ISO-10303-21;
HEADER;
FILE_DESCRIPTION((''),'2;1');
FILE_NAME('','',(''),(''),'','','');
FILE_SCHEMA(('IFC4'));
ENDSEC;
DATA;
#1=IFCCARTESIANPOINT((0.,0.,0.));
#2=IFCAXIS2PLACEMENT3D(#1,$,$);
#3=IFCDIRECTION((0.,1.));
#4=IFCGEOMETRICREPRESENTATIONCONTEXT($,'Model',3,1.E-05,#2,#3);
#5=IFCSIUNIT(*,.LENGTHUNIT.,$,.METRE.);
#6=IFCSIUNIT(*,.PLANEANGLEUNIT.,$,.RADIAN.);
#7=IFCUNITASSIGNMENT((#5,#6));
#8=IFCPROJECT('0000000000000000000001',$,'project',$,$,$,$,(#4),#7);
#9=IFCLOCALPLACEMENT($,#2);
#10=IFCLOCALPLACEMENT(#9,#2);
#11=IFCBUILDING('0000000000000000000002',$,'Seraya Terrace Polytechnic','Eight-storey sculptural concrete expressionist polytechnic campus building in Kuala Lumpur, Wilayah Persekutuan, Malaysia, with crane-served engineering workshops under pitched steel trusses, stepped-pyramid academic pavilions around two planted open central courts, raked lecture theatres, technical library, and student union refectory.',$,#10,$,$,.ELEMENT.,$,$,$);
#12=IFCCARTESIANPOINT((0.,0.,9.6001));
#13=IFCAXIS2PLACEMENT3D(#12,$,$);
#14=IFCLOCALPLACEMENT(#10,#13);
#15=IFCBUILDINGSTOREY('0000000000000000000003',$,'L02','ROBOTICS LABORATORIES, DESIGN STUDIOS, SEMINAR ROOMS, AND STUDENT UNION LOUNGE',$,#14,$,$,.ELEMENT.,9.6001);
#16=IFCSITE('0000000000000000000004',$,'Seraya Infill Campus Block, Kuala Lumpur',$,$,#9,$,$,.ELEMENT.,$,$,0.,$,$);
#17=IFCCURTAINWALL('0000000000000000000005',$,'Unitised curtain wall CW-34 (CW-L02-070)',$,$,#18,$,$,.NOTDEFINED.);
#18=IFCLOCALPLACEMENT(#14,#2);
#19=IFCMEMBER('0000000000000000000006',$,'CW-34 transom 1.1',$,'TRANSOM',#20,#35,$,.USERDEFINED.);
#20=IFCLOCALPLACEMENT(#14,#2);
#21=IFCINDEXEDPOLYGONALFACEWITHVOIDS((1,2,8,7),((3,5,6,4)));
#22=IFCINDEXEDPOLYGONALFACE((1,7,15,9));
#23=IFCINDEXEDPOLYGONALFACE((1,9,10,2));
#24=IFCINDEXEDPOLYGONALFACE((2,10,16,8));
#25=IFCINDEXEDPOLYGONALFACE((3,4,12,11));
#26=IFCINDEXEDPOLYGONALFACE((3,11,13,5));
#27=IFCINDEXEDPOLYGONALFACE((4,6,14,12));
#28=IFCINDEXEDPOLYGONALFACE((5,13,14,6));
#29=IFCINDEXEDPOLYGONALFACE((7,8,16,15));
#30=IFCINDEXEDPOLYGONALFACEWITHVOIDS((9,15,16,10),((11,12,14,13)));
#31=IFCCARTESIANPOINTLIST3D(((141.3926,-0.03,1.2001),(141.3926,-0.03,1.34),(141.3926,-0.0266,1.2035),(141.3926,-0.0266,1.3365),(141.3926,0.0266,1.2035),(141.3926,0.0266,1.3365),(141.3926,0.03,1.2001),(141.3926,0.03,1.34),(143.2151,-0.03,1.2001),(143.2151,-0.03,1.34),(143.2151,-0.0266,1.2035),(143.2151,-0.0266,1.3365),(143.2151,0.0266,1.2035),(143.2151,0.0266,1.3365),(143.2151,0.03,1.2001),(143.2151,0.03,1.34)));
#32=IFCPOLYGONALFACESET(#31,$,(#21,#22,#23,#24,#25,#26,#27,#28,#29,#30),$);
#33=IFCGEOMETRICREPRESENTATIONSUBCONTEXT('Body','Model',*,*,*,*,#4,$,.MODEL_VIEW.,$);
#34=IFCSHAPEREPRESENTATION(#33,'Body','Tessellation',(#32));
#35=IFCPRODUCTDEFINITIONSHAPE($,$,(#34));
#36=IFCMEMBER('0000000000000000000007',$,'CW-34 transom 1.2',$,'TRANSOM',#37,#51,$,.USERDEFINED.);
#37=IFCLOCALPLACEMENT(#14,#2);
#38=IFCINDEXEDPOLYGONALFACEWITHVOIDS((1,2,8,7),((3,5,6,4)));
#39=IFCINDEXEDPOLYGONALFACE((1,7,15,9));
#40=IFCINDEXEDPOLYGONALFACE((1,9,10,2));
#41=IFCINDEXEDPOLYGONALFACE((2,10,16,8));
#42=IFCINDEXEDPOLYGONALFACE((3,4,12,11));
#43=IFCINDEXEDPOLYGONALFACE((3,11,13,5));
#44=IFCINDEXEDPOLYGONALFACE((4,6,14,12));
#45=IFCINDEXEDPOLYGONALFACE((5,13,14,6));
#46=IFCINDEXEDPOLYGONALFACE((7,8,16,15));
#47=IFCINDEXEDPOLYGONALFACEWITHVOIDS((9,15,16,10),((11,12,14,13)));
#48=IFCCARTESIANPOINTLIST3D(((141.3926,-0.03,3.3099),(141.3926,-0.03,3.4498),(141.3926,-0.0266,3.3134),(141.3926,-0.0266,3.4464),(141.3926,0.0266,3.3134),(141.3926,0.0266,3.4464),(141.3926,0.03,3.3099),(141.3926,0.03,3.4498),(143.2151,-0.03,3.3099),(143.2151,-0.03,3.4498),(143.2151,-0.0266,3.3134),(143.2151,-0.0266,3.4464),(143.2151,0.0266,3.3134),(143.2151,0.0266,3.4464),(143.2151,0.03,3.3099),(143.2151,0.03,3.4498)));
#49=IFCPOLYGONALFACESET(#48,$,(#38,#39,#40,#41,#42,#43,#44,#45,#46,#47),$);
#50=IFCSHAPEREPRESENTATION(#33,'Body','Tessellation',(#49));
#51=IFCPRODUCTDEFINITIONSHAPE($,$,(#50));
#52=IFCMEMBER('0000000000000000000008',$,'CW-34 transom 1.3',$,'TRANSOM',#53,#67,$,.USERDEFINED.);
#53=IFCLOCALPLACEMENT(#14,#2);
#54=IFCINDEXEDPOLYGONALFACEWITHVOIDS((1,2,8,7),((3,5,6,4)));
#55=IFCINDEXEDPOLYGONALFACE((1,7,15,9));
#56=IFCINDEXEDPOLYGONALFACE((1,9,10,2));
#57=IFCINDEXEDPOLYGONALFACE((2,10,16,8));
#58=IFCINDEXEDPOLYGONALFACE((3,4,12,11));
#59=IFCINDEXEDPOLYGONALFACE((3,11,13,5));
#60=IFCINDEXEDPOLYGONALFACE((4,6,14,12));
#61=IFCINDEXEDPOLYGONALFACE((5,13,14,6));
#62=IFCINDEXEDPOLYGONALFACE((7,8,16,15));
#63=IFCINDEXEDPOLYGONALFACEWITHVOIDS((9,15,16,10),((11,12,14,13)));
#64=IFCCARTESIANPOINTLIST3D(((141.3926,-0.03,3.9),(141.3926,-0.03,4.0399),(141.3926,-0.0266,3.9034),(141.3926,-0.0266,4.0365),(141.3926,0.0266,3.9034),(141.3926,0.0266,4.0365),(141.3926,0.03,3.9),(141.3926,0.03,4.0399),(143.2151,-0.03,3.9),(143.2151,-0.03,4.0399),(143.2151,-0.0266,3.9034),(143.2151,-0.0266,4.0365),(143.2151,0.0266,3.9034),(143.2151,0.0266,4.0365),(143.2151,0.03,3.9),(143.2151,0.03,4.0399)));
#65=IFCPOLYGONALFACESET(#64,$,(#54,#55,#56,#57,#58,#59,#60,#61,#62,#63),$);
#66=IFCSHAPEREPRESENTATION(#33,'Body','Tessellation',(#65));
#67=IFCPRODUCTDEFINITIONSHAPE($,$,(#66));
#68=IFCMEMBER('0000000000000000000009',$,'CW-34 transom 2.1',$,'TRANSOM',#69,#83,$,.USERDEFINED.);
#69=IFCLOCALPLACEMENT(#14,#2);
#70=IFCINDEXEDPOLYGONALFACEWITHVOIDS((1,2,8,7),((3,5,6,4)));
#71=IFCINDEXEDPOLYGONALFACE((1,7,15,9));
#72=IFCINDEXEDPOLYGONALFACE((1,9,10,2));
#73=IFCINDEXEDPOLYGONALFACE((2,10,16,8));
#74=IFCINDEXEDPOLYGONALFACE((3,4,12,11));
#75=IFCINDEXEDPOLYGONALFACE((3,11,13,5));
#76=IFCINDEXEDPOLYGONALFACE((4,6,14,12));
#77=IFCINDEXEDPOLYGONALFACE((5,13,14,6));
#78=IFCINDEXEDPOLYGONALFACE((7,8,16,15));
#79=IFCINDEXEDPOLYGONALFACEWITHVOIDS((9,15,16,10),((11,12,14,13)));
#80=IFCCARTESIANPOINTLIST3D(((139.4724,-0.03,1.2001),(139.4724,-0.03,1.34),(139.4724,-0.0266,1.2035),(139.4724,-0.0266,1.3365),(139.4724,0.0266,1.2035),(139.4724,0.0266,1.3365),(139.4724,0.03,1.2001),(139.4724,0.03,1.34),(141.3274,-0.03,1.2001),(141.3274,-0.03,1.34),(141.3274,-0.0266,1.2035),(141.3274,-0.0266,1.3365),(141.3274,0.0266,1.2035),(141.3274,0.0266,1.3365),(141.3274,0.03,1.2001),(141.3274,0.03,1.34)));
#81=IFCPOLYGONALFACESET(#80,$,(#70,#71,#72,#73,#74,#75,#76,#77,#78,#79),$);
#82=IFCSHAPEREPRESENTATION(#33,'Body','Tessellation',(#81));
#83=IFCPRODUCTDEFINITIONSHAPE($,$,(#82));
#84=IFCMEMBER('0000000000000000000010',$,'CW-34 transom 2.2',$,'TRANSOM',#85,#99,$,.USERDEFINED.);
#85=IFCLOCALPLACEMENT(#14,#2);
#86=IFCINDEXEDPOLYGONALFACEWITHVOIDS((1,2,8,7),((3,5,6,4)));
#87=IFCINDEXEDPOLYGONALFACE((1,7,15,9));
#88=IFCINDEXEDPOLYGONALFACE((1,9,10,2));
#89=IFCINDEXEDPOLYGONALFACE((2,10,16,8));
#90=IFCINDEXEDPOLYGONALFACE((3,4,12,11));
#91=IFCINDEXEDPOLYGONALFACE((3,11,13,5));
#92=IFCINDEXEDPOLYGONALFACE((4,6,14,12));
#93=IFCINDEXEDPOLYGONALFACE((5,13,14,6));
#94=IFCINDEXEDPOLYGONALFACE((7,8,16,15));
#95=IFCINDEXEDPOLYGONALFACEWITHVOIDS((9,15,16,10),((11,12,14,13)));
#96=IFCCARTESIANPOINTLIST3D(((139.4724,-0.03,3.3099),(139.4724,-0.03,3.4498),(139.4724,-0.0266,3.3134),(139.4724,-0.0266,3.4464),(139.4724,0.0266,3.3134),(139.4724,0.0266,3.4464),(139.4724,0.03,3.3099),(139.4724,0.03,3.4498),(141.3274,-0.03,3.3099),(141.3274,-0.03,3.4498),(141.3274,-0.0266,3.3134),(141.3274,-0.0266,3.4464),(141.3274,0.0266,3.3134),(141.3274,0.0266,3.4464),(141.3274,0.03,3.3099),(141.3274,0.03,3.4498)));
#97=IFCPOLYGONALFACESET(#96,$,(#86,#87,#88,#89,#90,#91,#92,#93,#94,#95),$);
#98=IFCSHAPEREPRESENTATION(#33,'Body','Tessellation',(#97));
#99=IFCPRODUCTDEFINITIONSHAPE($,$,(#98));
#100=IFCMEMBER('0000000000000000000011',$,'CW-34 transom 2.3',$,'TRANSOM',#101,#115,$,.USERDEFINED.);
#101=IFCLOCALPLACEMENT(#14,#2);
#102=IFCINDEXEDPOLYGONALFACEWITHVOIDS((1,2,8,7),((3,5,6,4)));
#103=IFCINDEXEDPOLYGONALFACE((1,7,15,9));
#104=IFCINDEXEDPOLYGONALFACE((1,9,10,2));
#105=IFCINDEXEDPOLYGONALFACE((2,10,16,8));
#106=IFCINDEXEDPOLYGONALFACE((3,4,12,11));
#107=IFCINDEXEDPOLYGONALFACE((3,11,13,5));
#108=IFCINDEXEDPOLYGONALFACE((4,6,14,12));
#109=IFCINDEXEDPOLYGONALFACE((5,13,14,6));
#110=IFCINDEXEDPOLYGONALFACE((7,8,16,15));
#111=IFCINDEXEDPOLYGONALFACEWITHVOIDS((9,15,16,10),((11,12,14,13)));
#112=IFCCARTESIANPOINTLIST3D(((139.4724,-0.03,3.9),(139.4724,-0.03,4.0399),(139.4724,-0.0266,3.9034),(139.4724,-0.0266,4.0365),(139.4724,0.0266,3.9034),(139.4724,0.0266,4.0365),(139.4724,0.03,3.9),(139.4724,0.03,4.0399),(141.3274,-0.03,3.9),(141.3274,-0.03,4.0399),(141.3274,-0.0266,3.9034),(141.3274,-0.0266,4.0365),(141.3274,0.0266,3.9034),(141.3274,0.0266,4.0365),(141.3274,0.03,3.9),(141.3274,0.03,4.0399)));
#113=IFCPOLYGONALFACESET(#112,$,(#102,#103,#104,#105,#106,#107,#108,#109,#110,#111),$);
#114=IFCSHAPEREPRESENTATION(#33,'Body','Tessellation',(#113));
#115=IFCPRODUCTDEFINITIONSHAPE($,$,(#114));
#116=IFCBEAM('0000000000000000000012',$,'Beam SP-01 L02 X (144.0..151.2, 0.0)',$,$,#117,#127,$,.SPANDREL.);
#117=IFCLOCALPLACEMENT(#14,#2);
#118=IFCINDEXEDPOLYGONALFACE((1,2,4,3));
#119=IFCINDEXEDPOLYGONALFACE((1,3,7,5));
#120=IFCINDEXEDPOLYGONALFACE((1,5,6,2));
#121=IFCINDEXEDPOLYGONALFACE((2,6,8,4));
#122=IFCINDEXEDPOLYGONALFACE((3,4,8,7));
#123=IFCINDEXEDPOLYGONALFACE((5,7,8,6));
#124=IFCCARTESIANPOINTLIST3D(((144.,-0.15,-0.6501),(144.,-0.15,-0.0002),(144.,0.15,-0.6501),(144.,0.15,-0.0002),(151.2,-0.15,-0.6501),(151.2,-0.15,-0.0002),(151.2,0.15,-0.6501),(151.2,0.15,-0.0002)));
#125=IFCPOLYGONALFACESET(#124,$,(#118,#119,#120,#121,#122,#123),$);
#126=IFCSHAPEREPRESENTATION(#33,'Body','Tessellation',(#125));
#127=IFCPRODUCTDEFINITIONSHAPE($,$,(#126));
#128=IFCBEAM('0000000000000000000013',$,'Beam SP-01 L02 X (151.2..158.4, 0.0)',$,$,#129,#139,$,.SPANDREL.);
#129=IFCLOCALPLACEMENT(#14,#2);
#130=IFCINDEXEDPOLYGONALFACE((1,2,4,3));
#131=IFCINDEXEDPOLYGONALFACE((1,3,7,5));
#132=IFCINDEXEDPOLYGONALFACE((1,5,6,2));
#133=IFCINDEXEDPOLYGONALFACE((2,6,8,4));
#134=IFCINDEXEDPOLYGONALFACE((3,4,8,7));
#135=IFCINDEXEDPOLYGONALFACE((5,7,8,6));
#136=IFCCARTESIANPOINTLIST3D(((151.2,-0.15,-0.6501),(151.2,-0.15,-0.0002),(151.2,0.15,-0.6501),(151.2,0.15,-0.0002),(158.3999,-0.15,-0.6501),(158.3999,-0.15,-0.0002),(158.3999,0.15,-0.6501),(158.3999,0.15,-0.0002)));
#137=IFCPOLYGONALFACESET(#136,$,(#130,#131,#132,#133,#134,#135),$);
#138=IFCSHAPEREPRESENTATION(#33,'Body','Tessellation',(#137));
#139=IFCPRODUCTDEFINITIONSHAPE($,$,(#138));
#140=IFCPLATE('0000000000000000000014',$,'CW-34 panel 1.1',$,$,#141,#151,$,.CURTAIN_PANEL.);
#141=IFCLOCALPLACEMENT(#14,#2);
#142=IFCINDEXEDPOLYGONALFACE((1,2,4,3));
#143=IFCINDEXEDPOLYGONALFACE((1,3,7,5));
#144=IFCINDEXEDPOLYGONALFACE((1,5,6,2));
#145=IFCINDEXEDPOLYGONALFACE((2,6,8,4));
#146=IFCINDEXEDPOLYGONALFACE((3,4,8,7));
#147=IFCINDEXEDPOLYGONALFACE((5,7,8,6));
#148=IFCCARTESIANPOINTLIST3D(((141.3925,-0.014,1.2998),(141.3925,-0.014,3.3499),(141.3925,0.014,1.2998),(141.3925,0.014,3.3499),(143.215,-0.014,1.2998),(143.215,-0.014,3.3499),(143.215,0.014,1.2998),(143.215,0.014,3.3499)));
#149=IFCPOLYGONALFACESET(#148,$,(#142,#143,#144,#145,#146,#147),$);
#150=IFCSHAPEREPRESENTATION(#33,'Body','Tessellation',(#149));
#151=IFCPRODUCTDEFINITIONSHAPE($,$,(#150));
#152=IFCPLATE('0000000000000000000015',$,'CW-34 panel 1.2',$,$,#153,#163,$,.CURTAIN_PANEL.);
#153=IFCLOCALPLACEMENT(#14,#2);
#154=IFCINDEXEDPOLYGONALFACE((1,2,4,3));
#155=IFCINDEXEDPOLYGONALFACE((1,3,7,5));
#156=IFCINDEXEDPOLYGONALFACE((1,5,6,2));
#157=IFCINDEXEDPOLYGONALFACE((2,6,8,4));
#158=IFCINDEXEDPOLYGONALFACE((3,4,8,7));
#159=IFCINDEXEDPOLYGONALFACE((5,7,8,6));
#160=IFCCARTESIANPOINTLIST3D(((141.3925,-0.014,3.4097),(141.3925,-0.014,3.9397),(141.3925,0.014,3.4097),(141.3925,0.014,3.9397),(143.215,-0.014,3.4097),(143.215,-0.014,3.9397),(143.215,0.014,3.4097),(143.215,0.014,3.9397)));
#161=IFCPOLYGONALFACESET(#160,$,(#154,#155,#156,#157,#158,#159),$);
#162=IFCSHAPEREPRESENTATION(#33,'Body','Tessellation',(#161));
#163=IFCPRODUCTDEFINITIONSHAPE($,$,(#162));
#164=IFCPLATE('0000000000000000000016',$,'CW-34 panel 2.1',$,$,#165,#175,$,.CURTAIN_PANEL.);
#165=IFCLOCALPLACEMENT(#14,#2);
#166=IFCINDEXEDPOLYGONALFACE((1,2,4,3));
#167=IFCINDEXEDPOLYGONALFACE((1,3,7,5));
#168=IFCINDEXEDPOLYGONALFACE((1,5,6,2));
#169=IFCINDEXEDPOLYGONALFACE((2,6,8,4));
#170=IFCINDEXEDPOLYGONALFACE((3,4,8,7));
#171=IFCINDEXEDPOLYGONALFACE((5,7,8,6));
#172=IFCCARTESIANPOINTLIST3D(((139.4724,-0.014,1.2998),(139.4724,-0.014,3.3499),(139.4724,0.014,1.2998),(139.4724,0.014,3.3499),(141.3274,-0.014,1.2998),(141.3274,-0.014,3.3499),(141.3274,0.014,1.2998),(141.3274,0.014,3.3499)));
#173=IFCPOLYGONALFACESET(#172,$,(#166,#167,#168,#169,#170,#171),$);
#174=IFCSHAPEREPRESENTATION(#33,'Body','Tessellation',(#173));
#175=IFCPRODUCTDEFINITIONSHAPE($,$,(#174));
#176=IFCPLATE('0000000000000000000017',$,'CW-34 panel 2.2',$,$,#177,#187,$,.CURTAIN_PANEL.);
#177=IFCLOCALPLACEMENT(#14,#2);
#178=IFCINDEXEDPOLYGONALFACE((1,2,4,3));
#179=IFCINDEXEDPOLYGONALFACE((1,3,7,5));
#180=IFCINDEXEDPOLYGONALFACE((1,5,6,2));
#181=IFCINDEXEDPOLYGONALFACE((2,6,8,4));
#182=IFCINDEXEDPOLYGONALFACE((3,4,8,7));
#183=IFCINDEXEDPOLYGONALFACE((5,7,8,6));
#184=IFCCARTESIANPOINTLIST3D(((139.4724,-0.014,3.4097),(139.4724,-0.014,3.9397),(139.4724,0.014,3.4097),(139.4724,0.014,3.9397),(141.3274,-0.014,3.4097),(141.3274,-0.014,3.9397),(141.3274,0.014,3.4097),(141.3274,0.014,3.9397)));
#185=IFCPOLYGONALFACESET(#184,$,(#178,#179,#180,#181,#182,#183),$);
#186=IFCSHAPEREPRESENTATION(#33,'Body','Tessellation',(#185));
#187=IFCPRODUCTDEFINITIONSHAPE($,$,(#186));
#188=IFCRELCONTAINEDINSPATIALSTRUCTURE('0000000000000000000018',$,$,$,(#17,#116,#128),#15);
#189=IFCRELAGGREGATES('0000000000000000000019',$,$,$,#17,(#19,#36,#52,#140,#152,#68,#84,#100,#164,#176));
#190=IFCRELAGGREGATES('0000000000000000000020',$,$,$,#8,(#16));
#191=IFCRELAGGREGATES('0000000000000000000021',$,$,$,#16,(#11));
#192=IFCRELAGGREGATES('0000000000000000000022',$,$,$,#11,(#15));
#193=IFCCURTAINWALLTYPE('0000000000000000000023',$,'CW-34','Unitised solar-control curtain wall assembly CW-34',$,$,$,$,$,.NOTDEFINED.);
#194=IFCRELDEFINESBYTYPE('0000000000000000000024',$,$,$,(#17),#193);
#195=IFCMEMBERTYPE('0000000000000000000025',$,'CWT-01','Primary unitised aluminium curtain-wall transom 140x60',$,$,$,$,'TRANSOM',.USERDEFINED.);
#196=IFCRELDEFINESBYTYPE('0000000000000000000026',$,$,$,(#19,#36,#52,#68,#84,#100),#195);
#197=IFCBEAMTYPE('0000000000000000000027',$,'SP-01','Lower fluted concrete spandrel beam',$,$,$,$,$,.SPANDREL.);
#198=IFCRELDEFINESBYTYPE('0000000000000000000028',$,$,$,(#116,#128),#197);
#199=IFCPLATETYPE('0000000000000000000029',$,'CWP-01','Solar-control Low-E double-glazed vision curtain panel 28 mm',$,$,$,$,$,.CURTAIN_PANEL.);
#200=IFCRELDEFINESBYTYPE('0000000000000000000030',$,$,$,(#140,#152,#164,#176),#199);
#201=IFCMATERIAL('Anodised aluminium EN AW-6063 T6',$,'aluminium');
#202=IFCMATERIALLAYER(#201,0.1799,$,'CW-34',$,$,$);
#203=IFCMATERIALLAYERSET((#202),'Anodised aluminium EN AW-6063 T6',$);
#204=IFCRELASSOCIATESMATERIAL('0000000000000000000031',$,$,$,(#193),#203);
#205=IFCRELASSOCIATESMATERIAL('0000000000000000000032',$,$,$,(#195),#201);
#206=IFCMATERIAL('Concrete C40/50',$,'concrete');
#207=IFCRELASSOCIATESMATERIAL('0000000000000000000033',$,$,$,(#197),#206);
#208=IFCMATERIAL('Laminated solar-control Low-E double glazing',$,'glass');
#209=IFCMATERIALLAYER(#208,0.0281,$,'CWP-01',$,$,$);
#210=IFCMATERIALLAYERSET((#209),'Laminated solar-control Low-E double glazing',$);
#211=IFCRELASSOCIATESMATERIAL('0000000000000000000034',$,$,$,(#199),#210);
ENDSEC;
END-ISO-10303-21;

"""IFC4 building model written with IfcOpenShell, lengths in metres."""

from ifc_helpers import new_model, si_unit, direction, frame, origin, origin_2d, place, context, subcontext, project, spatial, rectangle, hollow_rectangle, extrude, material, layer, layer_set, material_profile, profile_set, type_object, element, aggregate, save


model = new_model("IFC4")

# Units and contexts
model_context = context("Model", 3, precision=1e-05, world=origin(), true_north=direction((0.0, 1.0)))
body_context = subcontext(model_context, "Body", "Model", "MODEL_VIEW")
ifc_project = project(units=[si_unit("LENGTHUNIT", "METRE"), si_unit("PLANEANGLEUNIT", "RADIAN")], contexts=[model_context])

# Site, building, storey
site_placement = place(None, origin())
site = spatial("IfcSite", under=ifc_project, at=site_placement, Name="Seraya Infill Campus Block, Kuala Lumpur", CompositionType="ELEMENT", RefElevation=0.0)
building_placement = place(site_placement, origin())
building = spatial("IfcBuilding", under=site, at=building_placement, Name="Seraya Terrace Polytechnic", Description="Eight-storey sculptural concrete expressionist polytechnic campus building in Kuala Lumpur, Wilayah Persekutuan, Malaysia, with crane-served engineering workshops under pitched steel trusses, stepped-pyramid academic pavilions around two planted open central courts, raked lecture theatres, technical library, and student union refectory.", CompositionType="ELEMENT")
storey_placement = place(building_placement, frame((0.0, 0.0, 9.6001)))
storey = spatial("IfcBuildingStorey", under=building, at=storey_placement, Name="L02", Description="ROBOTICS LABORATORIES, DESIGN STUDIOS, SEMINAR ROOMS, AND STUDENT UNION LOUNGE", CompositionType="ELEMENT", Elevation=9.6001)

# Shared definitions
ifc_material_1 = material(Name="Concrete C40/50", Category="concrete")

# Curtain wall
ifc_material_2 = material(Name="Anodised aluminium EN AW-6063 T6", Category="aluminium")
ifc_layer_1 = layer(ifc_material_2, 0.1799, Name="CW-34")
ifc_layer_set_1 = layer_set([ifc_layer_1], Name="Anodised aluminium EN AW-6063 T6")
curtain_wall_type_1 = type_object("IfcCurtainWallType", Name="CW-34", Description="Unitised solar-control curtain wall assembly CW-34", PredefinedType="NOTDEFINED", material=ifc_layer_set_1)
curtain_wall_1_placement = place(storey_placement, origin())
curtain_wall_1 = element("IfcCurtainWall", 1, at=curtain_wall_1_placement, inside=storey, type_object=curtain_wall_type_1, Name="Unitised curtain wall CW-34 (CW-L02-070)", PredefinedType="NOTDEFINED")

# Members
ifc_material_profile_1 = material_profile(ifc_material_2, hollow_rectangle(XDim=0.0601, YDim=0.1399, WallThickness=0.0034, at=origin_2d()), Name="RHS 140x60x3.5")
ifc_profile_set_1 = profile_set([ifc_material_profile_1], Name="Anodised aluminium EN AW-6063 T6")
member_type_1 = type_object("IfcMemberType", Name="CWT-01", Description="Primary unitised aluminium curtain-wall transom 140x60", ElementType="TRANSOM", PredefinedType="USERDEFINED", material=ifc_profile_set_1)
member_1_placement = place(storey_placement, frame((143.2151, 0.0, 1.27), z_axis=(-1.0, 0.0, 0.0), x_axis=(0.0, -1.0, 0.0)))
member_1 = element("IfcMember", 2, at=member_1_placement, type_object=member_type_1, Name="CW-34 transom 1.1", ObjectType="TRANSOM", PredefinedType="USERDEFINED", context=body_context, shape_type="SweptSolid", body=[
    extrude(hollow_rectangle(XDim=0.0601, YDim=0.1399, WallThickness=0.0034, at=origin_2d()), origin(), (0.0, 0.0, 1.0), 1.8225),
])
member_2_placement = place(storey_placement, frame((143.2151, 0.0, 3.3799), z_axis=(-1.0, 0.0, 0.0), x_axis=(0.0, -1.0, 0.0)))
member_2 = element("IfcMember", 3, at=member_2_placement, type_object=member_type_1, Name="CW-34 transom 1.2", ObjectType="TRANSOM", PredefinedType="USERDEFINED", context=body_context, shape_type="SweptSolid", body=[
    extrude(hollow_rectangle(XDim=0.0601, YDim=0.1399, WallThickness=0.0034, at=origin_2d()), origin(), (0.0, 0.0, 1.0), 1.8225),
])
member_3_placement = place(storey_placement, frame((143.2151, 0.0, 3.97), z_axis=(-1.0, 0.0, 0.0), x_axis=(0.0, -1.0, 0.0)))
member_3 = element("IfcMember", 4, at=member_3_placement, type_object=member_type_1, Name="CW-34 transom 1.3", ObjectType="TRANSOM", PredefinedType="USERDEFINED", context=body_context, shape_type="SweptSolid", body=[
    extrude(hollow_rectangle(XDim=0.0601, YDim=0.1399, WallThickness=0.0034, at=origin_2d()), origin(), (0.0, 0.0, 1.0), 1.8225),
])
member_4_placement = place(storey_placement, frame((141.3274, 0.0, 1.27), z_axis=(-1.0, 0.0, 0.0), x_axis=(0.0, -1.0, 0.0)))
member_4 = element("IfcMember", 5, at=member_4_placement, type_object=member_type_1, Name="CW-34 transom 2.1", ObjectType="TRANSOM", PredefinedType="USERDEFINED", context=body_context, shape_type="SweptSolid", body=[
    extrude(hollow_rectangle(XDim=0.0601, YDim=0.1399, WallThickness=0.0034, at=origin_2d()), origin(), (0.0, 0.0, 1.0), 1.855),
])
member_5_placement = place(storey_placement, frame((141.3274, 0.0, 3.3799), z_axis=(-1.0, 0.0, 0.0), x_axis=(0.0, -1.0, 0.0)))
member_5 = element("IfcMember", 6, at=member_5_placement, type_object=member_type_1, Name="CW-34 transom 2.2", ObjectType="TRANSOM", PredefinedType="USERDEFINED", context=body_context, shape_type="SweptSolid", body=[
    extrude(hollow_rectangle(XDim=0.0601, YDim=0.1399, WallThickness=0.0034, at=origin_2d()), origin(), (0.0, 0.0, 1.0), 1.855),
])
member_6_placement = place(storey_placement, frame((141.3274, 0.0, 3.97), z_axis=(-1.0, 0.0, 0.0), x_axis=(0.0, -1.0, 0.0)))
member_6 = element("IfcMember", 7, at=member_6_placement, type_object=member_type_1, Name="CW-34 transom 2.3", ObjectType="TRANSOM", PredefinedType="USERDEFINED", context=body_context, shape_type="SweptSolid", body=[
    extrude(hollow_rectangle(XDim=0.0601, YDim=0.1399, WallThickness=0.0034, at=origin_2d()), origin(), (0.0, 0.0, 1.0), 1.855),
])

# Beams
ifc_material_profile_2 = material_profile(ifc_material_1, rectangle(XDim=0.3, YDim=0.6499, at=origin_2d()), Name="RC 300x650")
ifc_profile_set_2 = profile_set([ifc_material_profile_2], Name="Concrete C40/50")
beam_type_1 = type_object("IfcBeamType", Name="SP-01", Description="Lower fluted concrete spandrel beam", PredefinedType="SPANDREL", material=ifc_profile_set_2)
for number, where, z_axis, x_axis, name in (
    (8, (144.0, 0.0, -0.3252), (1.0, 0.0, 0.0), (0.0, 1.0, 0.0), "Beam SP-01 L02 X (144.0..151.2, 0.0)"),
    (9, (151.2, 0.0, -0.3252), (1.0, 0.0, 0.0), (0.0, 1.0, 0.0), "Beam SP-01 L02 X (151.2..158.4, 0.0)"),
):
    element("IfcBeam", number, at=place(storey_placement, frame(where, z_axis=z_axis, x_axis=x_axis)), inside=storey, type_object=beam_type_1, Name=name, PredefinedType="SPANDREL", context=body_context, shape_type="SweptSolid", body=[
        extrude(rectangle(XDim=0.3, YDim=0.6499, at=origin_2d()), origin(), (0.0, 0.0, 1.0), 7.2),
    ])

# Plates
ifc_material_3 = material(Name="Laminated solar-control Low-E double glazing", Category="glass")
ifc_layer_2 = layer(ifc_material_3, 0.0281, Name="CWP-01")
ifc_layer_set_2 = layer_set([ifc_layer_2], Name="Laminated solar-control Low-E double glazing")
plate_type_1 = type_object("IfcPlateType", Name="CWP-01", Description="Solar-control Low-E double-glazed vision curtain panel 28 mm", PredefinedType="CURTAIN_PANEL", material=ifc_layer_set_2)
plate_1_placement = place(storey_placement, frame((142.3037, 0.0, 1.2998), z_axis=(0.0, 0.0, 1.0), x_axis=(-1.0, 0.0, 0.0)))
plate_1 = element("IfcPlate", 10, at=plate_1_placement, type_object=plate_type_1, Name="CW-34 panel 1.1", PredefinedType="CURTAIN_PANEL", context=body_context, shape_type="SweptSolid", body=[
    extrude(rectangle(XDim=1.8225, YDim=0.0281, at=origin_2d()), origin(), (0.0, 0.0, 1.0), 2.05),
])
plate_2_placement = place(storey_placement, frame((142.3037, 0.0, 3.4097), z_axis=(0.0, 0.0, 1.0), x_axis=(-1.0, 0.0, 0.0)))
plate_2 = element("IfcPlate", 11, at=plate_2_placement, type_object=plate_type_1, Name="CW-34 panel 1.2", PredefinedType="CURTAIN_PANEL", context=body_context, shape_type="SweptSolid", body=[
    extrude(rectangle(XDim=1.8225, YDim=0.0281, at=origin_2d()), origin(), (0.0, 0.0, 1.0), 0.53),
])
plate_3_placement = place(storey_placement, frame((140.3999, 0.0, 1.2998), z_axis=(0.0, 0.0, 1.0), x_axis=(-1.0, 0.0, 0.0)))
plate_3 = element("IfcPlate", 12, at=plate_3_placement, type_object=plate_type_1, Name="CW-34 panel 2.1", PredefinedType="CURTAIN_PANEL", context=body_context, shape_type="SweptSolid", body=[
    extrude(rectangle(XDim=1.855, YDim=0.0281, at=origin_2d()), origin(), (0.0, 0.0, 1.0), 2.05),
])
plate_4_placement = place(storey_placement, frame((140.3999, 0.0, 3.4097), z_axis=(0.0, 0.0, 1.0), x_axis=(-1.0, 0.0, 0.0)))
plate_4 = element("IfcPlate", 13, at=plate_4_placement, type_object=plate_type_1, Name="CW-34 panel 2.2", PredefinedType="CURTAIN_PANEL", context=body_context, shape_type="SweptSolid", body=[
    extrude(rectangle(XDim=1.855, YDim=0.0281, at=origin_2d()), origin(), (0.0, 0.0, 1.0), 0.53),
])
aggregate(curtain_wall_1, [member_1, member_2, member_3, plate_1, plate_2, member_4, member_5, member_6, plate_3, plate_4])

save(model, "model.ifc")
